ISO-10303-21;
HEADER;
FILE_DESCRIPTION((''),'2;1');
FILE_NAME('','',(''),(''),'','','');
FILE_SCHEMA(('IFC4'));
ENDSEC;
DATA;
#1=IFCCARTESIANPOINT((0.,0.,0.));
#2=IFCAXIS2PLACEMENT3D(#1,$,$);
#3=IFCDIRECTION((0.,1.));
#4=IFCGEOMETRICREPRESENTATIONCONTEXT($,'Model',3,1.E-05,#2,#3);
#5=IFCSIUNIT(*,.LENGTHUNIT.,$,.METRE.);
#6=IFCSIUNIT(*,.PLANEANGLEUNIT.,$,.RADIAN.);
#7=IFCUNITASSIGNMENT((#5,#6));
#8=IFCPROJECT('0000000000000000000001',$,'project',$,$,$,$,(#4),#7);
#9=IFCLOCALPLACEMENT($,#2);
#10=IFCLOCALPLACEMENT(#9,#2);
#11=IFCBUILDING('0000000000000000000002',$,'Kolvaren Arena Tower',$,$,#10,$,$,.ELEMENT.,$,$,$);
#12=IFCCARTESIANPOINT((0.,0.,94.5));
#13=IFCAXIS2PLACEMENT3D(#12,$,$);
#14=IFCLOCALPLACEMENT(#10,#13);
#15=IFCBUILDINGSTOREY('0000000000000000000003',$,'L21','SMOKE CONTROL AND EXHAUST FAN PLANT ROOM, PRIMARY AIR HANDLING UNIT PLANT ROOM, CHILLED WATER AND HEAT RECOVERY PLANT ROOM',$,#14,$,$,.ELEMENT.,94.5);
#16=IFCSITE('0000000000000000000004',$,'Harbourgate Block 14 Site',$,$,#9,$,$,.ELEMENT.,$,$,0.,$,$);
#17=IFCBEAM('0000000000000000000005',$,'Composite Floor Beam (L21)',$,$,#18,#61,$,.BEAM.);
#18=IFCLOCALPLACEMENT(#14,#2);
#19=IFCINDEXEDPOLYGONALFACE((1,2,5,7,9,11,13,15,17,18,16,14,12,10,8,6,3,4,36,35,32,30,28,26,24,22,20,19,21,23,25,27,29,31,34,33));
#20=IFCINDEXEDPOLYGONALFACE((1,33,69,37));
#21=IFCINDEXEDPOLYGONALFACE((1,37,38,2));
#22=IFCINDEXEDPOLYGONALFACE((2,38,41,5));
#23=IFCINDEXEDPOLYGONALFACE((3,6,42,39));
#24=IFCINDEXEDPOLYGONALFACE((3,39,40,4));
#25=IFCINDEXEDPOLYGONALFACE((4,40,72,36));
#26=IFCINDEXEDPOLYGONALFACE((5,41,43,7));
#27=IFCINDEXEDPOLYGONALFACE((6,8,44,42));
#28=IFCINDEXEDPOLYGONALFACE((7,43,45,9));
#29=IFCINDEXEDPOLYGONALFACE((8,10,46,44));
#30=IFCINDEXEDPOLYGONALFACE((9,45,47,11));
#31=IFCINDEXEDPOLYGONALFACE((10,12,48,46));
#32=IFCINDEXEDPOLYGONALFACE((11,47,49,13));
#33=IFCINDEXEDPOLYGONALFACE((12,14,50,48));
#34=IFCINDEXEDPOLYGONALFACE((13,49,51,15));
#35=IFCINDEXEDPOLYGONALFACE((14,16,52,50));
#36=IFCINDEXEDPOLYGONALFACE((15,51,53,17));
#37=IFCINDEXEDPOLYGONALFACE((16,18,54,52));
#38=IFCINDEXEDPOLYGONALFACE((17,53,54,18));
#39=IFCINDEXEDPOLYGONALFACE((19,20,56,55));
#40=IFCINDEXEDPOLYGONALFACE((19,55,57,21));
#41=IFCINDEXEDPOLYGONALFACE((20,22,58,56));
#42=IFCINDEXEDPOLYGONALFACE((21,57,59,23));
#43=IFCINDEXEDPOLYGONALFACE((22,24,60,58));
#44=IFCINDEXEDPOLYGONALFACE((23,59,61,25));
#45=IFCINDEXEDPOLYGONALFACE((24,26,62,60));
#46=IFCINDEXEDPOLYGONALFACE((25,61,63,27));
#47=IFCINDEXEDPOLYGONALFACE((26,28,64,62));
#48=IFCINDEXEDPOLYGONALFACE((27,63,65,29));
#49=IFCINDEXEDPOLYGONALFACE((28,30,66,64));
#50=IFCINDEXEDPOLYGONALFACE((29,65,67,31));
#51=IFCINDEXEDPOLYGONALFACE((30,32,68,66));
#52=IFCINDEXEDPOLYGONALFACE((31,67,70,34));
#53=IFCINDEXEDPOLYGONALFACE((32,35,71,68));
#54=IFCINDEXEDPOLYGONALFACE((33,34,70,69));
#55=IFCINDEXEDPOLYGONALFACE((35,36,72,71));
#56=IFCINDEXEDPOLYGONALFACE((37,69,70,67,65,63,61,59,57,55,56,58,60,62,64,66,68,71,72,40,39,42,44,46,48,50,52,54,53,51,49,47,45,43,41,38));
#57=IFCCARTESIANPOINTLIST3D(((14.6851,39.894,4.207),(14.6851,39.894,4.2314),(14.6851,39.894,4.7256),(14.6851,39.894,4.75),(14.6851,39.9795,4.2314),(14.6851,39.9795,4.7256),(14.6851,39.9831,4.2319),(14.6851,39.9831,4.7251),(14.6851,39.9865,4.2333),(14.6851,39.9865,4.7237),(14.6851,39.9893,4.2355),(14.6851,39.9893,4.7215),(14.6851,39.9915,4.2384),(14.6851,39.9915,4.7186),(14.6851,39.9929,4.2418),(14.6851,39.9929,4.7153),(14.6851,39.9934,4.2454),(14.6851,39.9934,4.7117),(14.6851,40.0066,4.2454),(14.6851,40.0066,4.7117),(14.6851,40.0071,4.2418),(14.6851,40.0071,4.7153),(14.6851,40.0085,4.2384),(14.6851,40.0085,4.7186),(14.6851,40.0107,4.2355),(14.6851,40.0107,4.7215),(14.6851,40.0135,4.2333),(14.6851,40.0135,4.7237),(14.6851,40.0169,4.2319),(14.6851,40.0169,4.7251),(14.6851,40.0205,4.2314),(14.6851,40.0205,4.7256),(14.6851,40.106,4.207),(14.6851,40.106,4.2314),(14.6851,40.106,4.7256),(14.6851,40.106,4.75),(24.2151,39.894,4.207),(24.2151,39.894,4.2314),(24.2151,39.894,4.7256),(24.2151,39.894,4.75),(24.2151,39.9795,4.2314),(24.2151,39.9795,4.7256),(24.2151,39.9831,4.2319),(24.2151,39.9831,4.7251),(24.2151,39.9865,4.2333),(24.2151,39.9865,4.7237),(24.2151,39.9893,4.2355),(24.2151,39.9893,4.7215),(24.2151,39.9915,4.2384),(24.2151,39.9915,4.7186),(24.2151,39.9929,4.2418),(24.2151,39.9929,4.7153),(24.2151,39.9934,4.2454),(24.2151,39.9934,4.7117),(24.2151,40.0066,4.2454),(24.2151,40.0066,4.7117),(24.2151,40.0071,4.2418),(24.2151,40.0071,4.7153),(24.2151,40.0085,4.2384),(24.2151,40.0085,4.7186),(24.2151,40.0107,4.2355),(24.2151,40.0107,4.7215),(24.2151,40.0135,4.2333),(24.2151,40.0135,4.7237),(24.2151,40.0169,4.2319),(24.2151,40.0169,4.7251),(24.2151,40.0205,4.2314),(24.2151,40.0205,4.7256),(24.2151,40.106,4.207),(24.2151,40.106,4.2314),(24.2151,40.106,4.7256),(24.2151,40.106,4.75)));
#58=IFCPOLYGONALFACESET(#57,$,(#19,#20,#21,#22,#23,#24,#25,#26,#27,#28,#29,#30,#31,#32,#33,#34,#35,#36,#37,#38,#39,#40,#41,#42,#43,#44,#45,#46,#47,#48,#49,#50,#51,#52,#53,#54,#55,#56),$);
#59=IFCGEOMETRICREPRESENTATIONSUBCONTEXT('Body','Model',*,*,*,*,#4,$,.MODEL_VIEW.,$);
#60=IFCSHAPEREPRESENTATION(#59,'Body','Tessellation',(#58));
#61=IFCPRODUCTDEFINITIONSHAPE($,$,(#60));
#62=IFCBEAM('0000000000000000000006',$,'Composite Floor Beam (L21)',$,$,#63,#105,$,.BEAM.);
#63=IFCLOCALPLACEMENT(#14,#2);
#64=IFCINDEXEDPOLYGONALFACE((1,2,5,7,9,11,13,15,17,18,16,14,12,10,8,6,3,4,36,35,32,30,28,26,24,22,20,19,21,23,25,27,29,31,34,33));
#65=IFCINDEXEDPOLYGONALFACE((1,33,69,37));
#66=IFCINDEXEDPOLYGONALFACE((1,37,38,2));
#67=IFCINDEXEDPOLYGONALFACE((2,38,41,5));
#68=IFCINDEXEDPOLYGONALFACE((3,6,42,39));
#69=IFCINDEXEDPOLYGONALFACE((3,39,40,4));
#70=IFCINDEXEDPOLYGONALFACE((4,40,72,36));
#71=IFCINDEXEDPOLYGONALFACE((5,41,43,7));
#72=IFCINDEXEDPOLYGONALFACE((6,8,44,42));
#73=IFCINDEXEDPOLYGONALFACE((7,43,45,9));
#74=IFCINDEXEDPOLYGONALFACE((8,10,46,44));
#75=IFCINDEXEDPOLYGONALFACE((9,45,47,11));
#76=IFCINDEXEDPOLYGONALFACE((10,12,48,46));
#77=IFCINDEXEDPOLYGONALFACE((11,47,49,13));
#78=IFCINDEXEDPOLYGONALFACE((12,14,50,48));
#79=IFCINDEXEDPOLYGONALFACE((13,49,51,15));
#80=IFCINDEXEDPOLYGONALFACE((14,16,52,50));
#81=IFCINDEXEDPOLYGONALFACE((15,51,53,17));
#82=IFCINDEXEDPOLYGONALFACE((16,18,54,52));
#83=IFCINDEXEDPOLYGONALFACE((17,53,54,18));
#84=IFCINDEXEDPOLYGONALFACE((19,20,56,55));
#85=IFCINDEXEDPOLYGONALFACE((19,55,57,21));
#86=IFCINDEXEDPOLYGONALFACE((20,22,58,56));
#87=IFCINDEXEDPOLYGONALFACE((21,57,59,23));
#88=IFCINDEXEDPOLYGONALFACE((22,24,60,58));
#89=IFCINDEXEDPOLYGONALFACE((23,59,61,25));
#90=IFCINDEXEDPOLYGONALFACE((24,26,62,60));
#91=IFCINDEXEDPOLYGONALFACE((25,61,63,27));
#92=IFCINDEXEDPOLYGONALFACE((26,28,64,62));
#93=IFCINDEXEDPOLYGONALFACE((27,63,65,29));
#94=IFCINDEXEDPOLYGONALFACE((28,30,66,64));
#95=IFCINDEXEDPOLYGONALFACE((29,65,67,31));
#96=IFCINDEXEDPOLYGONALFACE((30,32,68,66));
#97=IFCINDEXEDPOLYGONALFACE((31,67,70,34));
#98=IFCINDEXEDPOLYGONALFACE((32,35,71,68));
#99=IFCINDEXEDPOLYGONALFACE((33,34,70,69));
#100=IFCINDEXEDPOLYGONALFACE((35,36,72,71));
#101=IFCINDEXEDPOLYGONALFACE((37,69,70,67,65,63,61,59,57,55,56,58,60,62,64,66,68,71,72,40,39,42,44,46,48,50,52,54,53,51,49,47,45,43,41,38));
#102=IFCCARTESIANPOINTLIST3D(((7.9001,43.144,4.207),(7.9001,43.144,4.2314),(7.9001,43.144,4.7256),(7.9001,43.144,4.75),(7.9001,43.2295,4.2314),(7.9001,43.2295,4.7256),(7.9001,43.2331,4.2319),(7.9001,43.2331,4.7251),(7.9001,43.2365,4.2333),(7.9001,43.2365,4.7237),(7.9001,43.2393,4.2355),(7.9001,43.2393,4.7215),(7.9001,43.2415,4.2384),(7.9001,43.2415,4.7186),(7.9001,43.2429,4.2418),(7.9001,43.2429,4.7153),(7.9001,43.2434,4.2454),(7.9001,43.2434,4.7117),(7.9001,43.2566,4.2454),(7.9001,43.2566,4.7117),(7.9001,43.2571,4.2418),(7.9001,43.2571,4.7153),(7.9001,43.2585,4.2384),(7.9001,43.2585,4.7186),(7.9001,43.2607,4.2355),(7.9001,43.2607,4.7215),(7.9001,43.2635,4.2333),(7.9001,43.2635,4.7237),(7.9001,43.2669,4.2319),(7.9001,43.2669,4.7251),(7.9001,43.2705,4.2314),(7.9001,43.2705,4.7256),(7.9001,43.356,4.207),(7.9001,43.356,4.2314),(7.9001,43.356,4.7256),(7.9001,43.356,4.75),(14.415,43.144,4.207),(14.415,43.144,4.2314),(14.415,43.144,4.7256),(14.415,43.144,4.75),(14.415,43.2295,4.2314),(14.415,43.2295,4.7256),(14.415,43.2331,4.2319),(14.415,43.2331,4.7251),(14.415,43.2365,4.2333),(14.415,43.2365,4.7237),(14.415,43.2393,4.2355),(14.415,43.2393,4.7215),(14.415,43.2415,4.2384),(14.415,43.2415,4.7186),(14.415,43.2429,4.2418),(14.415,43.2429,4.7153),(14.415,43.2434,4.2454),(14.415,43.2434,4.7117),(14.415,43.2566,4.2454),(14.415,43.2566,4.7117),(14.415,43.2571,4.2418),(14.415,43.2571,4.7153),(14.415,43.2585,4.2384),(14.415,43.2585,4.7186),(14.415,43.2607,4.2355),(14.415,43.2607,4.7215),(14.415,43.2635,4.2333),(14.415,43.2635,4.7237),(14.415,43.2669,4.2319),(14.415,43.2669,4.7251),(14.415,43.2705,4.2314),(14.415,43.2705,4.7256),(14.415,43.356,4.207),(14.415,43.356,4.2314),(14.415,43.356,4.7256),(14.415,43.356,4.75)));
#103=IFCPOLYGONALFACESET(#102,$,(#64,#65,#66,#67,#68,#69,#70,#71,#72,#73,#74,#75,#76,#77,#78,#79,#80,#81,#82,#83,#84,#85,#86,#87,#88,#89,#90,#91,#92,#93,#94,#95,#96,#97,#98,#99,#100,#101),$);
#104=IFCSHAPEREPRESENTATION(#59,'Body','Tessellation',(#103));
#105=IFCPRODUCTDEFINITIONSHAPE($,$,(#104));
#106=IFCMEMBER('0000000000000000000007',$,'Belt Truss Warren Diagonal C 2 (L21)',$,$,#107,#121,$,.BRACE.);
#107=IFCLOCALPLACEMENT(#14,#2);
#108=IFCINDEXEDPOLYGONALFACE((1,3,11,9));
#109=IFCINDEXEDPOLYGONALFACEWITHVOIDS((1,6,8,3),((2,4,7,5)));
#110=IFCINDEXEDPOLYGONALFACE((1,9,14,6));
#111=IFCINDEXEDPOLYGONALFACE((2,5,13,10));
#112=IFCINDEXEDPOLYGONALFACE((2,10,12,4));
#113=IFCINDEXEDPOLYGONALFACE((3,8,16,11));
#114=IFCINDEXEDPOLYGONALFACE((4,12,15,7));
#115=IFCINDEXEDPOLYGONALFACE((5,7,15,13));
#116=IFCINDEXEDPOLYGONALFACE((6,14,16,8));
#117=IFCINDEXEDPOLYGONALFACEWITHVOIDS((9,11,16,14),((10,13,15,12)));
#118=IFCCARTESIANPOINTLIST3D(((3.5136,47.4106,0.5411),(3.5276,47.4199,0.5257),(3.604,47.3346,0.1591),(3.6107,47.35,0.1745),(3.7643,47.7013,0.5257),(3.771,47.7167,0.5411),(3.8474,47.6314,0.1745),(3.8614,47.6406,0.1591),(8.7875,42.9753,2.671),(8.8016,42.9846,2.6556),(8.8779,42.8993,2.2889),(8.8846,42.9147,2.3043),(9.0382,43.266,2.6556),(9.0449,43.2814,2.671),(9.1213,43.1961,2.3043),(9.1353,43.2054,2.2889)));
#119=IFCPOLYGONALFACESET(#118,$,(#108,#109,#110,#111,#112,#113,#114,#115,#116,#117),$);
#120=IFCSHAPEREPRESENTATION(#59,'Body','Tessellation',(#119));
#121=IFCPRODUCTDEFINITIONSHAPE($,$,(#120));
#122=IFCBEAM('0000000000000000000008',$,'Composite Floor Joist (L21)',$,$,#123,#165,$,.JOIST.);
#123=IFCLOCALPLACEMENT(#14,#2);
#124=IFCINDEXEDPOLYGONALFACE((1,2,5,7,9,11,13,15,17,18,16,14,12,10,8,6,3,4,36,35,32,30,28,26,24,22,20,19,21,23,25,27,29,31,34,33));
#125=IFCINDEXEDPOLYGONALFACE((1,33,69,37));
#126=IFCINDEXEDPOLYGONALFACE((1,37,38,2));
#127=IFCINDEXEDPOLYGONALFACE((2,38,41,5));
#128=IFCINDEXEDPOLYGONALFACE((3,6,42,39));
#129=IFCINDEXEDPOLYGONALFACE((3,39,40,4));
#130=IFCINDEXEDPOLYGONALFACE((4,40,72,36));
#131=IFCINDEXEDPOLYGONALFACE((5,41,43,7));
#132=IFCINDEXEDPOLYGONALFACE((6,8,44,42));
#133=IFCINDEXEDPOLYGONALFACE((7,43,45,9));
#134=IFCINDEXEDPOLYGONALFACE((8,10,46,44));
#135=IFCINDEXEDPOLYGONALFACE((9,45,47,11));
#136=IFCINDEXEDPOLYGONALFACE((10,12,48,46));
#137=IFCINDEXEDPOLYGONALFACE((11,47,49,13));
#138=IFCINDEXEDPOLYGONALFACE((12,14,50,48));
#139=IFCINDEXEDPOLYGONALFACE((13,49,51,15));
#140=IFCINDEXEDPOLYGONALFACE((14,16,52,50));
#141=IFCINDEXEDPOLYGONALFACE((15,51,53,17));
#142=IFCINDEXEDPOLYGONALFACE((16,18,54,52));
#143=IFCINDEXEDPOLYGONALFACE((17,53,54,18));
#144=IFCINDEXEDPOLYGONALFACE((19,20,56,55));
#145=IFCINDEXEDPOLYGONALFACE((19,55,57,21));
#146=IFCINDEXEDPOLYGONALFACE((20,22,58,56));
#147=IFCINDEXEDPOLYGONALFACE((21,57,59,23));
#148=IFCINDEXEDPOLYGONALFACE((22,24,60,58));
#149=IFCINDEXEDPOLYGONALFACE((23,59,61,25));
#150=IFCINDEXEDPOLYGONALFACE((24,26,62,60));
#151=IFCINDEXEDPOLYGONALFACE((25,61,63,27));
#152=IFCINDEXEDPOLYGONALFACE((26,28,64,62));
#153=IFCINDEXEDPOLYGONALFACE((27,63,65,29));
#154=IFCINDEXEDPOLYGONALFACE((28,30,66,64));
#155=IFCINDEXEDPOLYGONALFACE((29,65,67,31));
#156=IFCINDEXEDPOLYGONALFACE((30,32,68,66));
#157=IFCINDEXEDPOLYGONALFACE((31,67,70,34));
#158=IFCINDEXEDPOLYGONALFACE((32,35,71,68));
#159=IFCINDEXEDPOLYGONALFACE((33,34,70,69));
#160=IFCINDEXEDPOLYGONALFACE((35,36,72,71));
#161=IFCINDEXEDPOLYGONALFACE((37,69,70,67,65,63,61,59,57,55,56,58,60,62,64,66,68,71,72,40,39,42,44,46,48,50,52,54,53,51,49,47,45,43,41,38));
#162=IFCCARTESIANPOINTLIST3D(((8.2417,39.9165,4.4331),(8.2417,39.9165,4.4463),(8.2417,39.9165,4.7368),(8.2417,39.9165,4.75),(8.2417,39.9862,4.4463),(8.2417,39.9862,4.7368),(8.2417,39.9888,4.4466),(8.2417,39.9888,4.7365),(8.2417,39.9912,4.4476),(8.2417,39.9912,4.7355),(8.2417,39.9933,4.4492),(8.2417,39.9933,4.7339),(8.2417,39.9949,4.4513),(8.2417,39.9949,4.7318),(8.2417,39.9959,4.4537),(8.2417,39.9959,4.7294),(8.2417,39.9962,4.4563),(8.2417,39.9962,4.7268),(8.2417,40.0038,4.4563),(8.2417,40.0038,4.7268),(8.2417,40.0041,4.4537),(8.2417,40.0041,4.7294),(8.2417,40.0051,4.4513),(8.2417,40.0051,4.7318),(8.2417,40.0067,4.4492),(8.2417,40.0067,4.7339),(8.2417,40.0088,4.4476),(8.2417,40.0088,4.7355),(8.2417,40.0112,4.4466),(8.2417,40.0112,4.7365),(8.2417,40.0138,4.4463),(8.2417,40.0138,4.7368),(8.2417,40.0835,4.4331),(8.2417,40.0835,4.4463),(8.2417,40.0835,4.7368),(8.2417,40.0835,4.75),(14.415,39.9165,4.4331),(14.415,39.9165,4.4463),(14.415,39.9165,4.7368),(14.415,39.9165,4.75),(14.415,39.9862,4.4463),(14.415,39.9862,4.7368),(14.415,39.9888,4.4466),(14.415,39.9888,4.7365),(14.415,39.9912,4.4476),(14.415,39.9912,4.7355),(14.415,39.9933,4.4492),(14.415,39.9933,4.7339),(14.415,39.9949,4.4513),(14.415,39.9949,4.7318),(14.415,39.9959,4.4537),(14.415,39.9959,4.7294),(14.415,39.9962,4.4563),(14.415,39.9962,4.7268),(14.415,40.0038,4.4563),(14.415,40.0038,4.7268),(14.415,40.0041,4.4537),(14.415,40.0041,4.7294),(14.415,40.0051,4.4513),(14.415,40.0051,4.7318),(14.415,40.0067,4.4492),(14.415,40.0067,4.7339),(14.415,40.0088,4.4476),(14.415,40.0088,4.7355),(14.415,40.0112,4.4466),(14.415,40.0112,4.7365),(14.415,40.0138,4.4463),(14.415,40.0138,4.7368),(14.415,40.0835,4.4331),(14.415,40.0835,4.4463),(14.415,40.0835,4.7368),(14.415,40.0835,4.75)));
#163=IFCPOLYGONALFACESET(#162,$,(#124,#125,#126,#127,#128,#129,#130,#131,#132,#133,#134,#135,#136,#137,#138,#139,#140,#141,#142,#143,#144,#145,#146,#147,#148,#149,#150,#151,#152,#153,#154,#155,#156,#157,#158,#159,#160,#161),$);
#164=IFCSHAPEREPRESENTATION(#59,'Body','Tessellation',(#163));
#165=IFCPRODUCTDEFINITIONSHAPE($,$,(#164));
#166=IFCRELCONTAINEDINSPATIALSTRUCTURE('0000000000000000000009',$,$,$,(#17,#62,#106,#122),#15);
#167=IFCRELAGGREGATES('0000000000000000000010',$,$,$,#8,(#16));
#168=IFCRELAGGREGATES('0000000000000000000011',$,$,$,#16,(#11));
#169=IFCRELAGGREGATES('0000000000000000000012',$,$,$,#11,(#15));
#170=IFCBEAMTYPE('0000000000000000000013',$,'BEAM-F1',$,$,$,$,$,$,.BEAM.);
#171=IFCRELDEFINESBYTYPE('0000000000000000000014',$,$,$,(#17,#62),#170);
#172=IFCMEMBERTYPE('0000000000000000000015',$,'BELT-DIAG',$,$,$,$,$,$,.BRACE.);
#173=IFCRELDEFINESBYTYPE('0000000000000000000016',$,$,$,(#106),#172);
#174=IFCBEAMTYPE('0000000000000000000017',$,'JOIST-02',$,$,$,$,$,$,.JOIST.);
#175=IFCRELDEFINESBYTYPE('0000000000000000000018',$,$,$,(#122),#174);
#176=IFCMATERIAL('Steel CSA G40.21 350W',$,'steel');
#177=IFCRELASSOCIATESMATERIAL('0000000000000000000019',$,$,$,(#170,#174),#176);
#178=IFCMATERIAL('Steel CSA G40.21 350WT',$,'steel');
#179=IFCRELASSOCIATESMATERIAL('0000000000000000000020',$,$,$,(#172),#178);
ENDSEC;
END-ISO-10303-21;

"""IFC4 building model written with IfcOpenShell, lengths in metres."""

from ifc_helpers import new_model, si_unit, direction, frame, origin, origin_2d, place, context, subcontext, project, spatial, hollow_rectangle, i_section, extrude, material, material_profile, profile_set, type_object, element, save


model = new_model("IFC4")

# Units and contexts
model_context = context("Model", 3, precision=1e-05, world=origin(), true_north=direction((0.0, 1.0)))
body_context = subcontext(model_context, "Body", "Model", "MODEL_VIEW")
ifc_project = project(units=[si_unit("LENGTHUNIT", "METRE"), si_unit("PLANEANGLEUNIT", "RADIAN")], contexts=[model_context])

# Site, building, storey
site_placement = place(None, origin())
site = spatial("IfcSite", under=ifc_project, at=site_placement, Name="Harbourgate Block 14 Site", CompositionType="ELEMENT", RefElevation=0.0)
building_placement = place(site_placement, origin())
building = spatial("IfcBuilding", under=site, at=building_placement, Name="Kolvaren Arena Tower", CompositionType="ELEMENT")
storey_placement = place(building_placement, frame((0.0, 0.0, 94.5)))
storey = spatial("IfcBuildingStorey", under=building, at=storey_placement, Name="L21", Description="SMOKE CONTROL AND EXHAUST FAN PLANT ROOM, PRIMARY AIR HANDLING UNIT PLANT ROOM, CHILLED WATER AND HEAT RECOVERY PLANT ROOM", CompositionType="ELEMENT", Elevation=94.5)

# Beams
ifc_material_1 = material(Name="Steel CSA G40.21 350W", Category="steel")
ifc_material_profile_1 = material_profile(ifc_material_1, i_section(OverallWidth=0.2119, OverallDepth=0.543, WebThickness=0.0132, FlangeThickness=0.0244, FilletRadius=0.0139, at=origin_2d()), Name="W530x150")
ifc_profile_set_1 = profile_set([ifc_material_profile_1], Name="Steel CSA G40.21 350W")
beam_type_1 = type_object("IfcBeamType", Name="BEAM-F1", PredefinedType="BEAM", material=ifc_profile_set_1)
beam_1_placement = place(storey_placement, frame((14.6851, 40.0, 4.4785), z_axis=(1.0, 0.0, 0.0), x_axis=(0.0, 1.0, 0.0)))
element("IfcBeam", 1, at=beam_1_placement, inside=storey, type_object=beam_type_1, Name="Composite Floor Beam (L21)", PredefinedType="BEAM", context=body_context, shape_type="SweptSolid", body=[
    extrude(i_section(OverallWidth=0.2119, OverallDepth=0.543, WebThickness=0.0132, FlangeThickness=0.0244, FilletRadius=0.0139, at=origin_2d()), origin(), (0.0, 0.0, 1.0), 9.53),
])
beam_2_placement = place(storey_placement, frame((7.9001, 43.25, 4.4785), z_axis=(1.0, 0.0, 0.0), x_axis=(0.0, 1.0, 0.0)))
element("IfcBeam", 2, at=beam_2_placement, inside=storey, type_object=beam_type_1, Name="Composite Floor Beam (L21)", PredefinedType="BEAM", context=body_context, shape_type="SweptSolid", body=[
    extrude(i_section(OverallWidth=0.2119, OverallDepth=0.543, WebThickness=0.0132, FlangeThickness=0.0244, FilletRadius=0.0139, at=origin_2d()), origin(), (0.0, 0.0, 1.0), 6.5149),
])

# Member
ifc_material_2 = material(Name="Steel CSA G40.21 350WT", Category="steel")
ifc_material_profile_2 = material_profile(ifc_material_2, hollow_rectangle(XDim=0.3999, YDim=0.3999, WallThickness=0.0161, at=origin_2d()), Name="HSS 400x400x16")
ifc_profile_set_2 = profile_set([ifc_material_profile_2], Name="Steel CSA G40.21 350WT")
member_type = type_object("IfcMemberType", Name="BELT-DIAG", PredefinedType="BRACE", material=ifc_profile_set_2)
member_placement = place(storey_placement, frame((8.9614, 43.0903, 2.48), z_axis=(-0.731203, 0.614932, -0.295297), x_axis=(-0.643635, -0.765333, 0.0)))
element("IfcMember", 3, at=member_placement, inside=storey, type_object=member_type, Name="Belt Truss Warren Diagonal C 2 (L21)", PredefinedType="BRACE", context=body_context, shape_type="SweptSolid", body=[
    extrude(hollow_rectangle(XDim=0.3999, YDim=0.3999, WallThickness=0.0161, at=origin_2d()), origin(), (0.0, 0.0, 1.0), 7.2126),
])

# Beam
ifc_material_profile_3 = material_profile(ifc_material_1, i_section(OverallWidth=0.167, OverallDepth=0.3169, WebThickness=0.0076, FlangeThickness=0.0132, FilletRadius=0.01, at=origin_2d()), Name="W310x52")
ifc_profile_set_3 = profile_set([ifc_material_profile_3], Name="Steel CSA G40.21 350W")
beam_type_2 = type_object("IfcBeamType", Name="JOIST-02", PredefinedType="JOIST", material=ifc_profile_set_3)
beam_3_placement = place(storey_placement, frame((8.2417, 40.0, 4.5916), z_axis=(1.0, 0.0, 0.0), x_axis=(0.0, 1.0, 0.0)))
element("IfcBeam", 4, at=beam_3_placement, inside=storey, type_object=beam_type_2, Name="Composite Floor Joist (L21)", PredefinedType="JOIST", context=body_context, shape_type="SweptSolid", body=[
    extrude(i_section(OverallWidth=0.167, OverallDepth=0.3169, WebThickness=0.0076, FlangeThickness=0.0132, FilletRadius=0.01, at=origin_2d()), origin(), (0.0, 0.0, 1.0), 6.1733),
])

save(model, "model.ifc")
